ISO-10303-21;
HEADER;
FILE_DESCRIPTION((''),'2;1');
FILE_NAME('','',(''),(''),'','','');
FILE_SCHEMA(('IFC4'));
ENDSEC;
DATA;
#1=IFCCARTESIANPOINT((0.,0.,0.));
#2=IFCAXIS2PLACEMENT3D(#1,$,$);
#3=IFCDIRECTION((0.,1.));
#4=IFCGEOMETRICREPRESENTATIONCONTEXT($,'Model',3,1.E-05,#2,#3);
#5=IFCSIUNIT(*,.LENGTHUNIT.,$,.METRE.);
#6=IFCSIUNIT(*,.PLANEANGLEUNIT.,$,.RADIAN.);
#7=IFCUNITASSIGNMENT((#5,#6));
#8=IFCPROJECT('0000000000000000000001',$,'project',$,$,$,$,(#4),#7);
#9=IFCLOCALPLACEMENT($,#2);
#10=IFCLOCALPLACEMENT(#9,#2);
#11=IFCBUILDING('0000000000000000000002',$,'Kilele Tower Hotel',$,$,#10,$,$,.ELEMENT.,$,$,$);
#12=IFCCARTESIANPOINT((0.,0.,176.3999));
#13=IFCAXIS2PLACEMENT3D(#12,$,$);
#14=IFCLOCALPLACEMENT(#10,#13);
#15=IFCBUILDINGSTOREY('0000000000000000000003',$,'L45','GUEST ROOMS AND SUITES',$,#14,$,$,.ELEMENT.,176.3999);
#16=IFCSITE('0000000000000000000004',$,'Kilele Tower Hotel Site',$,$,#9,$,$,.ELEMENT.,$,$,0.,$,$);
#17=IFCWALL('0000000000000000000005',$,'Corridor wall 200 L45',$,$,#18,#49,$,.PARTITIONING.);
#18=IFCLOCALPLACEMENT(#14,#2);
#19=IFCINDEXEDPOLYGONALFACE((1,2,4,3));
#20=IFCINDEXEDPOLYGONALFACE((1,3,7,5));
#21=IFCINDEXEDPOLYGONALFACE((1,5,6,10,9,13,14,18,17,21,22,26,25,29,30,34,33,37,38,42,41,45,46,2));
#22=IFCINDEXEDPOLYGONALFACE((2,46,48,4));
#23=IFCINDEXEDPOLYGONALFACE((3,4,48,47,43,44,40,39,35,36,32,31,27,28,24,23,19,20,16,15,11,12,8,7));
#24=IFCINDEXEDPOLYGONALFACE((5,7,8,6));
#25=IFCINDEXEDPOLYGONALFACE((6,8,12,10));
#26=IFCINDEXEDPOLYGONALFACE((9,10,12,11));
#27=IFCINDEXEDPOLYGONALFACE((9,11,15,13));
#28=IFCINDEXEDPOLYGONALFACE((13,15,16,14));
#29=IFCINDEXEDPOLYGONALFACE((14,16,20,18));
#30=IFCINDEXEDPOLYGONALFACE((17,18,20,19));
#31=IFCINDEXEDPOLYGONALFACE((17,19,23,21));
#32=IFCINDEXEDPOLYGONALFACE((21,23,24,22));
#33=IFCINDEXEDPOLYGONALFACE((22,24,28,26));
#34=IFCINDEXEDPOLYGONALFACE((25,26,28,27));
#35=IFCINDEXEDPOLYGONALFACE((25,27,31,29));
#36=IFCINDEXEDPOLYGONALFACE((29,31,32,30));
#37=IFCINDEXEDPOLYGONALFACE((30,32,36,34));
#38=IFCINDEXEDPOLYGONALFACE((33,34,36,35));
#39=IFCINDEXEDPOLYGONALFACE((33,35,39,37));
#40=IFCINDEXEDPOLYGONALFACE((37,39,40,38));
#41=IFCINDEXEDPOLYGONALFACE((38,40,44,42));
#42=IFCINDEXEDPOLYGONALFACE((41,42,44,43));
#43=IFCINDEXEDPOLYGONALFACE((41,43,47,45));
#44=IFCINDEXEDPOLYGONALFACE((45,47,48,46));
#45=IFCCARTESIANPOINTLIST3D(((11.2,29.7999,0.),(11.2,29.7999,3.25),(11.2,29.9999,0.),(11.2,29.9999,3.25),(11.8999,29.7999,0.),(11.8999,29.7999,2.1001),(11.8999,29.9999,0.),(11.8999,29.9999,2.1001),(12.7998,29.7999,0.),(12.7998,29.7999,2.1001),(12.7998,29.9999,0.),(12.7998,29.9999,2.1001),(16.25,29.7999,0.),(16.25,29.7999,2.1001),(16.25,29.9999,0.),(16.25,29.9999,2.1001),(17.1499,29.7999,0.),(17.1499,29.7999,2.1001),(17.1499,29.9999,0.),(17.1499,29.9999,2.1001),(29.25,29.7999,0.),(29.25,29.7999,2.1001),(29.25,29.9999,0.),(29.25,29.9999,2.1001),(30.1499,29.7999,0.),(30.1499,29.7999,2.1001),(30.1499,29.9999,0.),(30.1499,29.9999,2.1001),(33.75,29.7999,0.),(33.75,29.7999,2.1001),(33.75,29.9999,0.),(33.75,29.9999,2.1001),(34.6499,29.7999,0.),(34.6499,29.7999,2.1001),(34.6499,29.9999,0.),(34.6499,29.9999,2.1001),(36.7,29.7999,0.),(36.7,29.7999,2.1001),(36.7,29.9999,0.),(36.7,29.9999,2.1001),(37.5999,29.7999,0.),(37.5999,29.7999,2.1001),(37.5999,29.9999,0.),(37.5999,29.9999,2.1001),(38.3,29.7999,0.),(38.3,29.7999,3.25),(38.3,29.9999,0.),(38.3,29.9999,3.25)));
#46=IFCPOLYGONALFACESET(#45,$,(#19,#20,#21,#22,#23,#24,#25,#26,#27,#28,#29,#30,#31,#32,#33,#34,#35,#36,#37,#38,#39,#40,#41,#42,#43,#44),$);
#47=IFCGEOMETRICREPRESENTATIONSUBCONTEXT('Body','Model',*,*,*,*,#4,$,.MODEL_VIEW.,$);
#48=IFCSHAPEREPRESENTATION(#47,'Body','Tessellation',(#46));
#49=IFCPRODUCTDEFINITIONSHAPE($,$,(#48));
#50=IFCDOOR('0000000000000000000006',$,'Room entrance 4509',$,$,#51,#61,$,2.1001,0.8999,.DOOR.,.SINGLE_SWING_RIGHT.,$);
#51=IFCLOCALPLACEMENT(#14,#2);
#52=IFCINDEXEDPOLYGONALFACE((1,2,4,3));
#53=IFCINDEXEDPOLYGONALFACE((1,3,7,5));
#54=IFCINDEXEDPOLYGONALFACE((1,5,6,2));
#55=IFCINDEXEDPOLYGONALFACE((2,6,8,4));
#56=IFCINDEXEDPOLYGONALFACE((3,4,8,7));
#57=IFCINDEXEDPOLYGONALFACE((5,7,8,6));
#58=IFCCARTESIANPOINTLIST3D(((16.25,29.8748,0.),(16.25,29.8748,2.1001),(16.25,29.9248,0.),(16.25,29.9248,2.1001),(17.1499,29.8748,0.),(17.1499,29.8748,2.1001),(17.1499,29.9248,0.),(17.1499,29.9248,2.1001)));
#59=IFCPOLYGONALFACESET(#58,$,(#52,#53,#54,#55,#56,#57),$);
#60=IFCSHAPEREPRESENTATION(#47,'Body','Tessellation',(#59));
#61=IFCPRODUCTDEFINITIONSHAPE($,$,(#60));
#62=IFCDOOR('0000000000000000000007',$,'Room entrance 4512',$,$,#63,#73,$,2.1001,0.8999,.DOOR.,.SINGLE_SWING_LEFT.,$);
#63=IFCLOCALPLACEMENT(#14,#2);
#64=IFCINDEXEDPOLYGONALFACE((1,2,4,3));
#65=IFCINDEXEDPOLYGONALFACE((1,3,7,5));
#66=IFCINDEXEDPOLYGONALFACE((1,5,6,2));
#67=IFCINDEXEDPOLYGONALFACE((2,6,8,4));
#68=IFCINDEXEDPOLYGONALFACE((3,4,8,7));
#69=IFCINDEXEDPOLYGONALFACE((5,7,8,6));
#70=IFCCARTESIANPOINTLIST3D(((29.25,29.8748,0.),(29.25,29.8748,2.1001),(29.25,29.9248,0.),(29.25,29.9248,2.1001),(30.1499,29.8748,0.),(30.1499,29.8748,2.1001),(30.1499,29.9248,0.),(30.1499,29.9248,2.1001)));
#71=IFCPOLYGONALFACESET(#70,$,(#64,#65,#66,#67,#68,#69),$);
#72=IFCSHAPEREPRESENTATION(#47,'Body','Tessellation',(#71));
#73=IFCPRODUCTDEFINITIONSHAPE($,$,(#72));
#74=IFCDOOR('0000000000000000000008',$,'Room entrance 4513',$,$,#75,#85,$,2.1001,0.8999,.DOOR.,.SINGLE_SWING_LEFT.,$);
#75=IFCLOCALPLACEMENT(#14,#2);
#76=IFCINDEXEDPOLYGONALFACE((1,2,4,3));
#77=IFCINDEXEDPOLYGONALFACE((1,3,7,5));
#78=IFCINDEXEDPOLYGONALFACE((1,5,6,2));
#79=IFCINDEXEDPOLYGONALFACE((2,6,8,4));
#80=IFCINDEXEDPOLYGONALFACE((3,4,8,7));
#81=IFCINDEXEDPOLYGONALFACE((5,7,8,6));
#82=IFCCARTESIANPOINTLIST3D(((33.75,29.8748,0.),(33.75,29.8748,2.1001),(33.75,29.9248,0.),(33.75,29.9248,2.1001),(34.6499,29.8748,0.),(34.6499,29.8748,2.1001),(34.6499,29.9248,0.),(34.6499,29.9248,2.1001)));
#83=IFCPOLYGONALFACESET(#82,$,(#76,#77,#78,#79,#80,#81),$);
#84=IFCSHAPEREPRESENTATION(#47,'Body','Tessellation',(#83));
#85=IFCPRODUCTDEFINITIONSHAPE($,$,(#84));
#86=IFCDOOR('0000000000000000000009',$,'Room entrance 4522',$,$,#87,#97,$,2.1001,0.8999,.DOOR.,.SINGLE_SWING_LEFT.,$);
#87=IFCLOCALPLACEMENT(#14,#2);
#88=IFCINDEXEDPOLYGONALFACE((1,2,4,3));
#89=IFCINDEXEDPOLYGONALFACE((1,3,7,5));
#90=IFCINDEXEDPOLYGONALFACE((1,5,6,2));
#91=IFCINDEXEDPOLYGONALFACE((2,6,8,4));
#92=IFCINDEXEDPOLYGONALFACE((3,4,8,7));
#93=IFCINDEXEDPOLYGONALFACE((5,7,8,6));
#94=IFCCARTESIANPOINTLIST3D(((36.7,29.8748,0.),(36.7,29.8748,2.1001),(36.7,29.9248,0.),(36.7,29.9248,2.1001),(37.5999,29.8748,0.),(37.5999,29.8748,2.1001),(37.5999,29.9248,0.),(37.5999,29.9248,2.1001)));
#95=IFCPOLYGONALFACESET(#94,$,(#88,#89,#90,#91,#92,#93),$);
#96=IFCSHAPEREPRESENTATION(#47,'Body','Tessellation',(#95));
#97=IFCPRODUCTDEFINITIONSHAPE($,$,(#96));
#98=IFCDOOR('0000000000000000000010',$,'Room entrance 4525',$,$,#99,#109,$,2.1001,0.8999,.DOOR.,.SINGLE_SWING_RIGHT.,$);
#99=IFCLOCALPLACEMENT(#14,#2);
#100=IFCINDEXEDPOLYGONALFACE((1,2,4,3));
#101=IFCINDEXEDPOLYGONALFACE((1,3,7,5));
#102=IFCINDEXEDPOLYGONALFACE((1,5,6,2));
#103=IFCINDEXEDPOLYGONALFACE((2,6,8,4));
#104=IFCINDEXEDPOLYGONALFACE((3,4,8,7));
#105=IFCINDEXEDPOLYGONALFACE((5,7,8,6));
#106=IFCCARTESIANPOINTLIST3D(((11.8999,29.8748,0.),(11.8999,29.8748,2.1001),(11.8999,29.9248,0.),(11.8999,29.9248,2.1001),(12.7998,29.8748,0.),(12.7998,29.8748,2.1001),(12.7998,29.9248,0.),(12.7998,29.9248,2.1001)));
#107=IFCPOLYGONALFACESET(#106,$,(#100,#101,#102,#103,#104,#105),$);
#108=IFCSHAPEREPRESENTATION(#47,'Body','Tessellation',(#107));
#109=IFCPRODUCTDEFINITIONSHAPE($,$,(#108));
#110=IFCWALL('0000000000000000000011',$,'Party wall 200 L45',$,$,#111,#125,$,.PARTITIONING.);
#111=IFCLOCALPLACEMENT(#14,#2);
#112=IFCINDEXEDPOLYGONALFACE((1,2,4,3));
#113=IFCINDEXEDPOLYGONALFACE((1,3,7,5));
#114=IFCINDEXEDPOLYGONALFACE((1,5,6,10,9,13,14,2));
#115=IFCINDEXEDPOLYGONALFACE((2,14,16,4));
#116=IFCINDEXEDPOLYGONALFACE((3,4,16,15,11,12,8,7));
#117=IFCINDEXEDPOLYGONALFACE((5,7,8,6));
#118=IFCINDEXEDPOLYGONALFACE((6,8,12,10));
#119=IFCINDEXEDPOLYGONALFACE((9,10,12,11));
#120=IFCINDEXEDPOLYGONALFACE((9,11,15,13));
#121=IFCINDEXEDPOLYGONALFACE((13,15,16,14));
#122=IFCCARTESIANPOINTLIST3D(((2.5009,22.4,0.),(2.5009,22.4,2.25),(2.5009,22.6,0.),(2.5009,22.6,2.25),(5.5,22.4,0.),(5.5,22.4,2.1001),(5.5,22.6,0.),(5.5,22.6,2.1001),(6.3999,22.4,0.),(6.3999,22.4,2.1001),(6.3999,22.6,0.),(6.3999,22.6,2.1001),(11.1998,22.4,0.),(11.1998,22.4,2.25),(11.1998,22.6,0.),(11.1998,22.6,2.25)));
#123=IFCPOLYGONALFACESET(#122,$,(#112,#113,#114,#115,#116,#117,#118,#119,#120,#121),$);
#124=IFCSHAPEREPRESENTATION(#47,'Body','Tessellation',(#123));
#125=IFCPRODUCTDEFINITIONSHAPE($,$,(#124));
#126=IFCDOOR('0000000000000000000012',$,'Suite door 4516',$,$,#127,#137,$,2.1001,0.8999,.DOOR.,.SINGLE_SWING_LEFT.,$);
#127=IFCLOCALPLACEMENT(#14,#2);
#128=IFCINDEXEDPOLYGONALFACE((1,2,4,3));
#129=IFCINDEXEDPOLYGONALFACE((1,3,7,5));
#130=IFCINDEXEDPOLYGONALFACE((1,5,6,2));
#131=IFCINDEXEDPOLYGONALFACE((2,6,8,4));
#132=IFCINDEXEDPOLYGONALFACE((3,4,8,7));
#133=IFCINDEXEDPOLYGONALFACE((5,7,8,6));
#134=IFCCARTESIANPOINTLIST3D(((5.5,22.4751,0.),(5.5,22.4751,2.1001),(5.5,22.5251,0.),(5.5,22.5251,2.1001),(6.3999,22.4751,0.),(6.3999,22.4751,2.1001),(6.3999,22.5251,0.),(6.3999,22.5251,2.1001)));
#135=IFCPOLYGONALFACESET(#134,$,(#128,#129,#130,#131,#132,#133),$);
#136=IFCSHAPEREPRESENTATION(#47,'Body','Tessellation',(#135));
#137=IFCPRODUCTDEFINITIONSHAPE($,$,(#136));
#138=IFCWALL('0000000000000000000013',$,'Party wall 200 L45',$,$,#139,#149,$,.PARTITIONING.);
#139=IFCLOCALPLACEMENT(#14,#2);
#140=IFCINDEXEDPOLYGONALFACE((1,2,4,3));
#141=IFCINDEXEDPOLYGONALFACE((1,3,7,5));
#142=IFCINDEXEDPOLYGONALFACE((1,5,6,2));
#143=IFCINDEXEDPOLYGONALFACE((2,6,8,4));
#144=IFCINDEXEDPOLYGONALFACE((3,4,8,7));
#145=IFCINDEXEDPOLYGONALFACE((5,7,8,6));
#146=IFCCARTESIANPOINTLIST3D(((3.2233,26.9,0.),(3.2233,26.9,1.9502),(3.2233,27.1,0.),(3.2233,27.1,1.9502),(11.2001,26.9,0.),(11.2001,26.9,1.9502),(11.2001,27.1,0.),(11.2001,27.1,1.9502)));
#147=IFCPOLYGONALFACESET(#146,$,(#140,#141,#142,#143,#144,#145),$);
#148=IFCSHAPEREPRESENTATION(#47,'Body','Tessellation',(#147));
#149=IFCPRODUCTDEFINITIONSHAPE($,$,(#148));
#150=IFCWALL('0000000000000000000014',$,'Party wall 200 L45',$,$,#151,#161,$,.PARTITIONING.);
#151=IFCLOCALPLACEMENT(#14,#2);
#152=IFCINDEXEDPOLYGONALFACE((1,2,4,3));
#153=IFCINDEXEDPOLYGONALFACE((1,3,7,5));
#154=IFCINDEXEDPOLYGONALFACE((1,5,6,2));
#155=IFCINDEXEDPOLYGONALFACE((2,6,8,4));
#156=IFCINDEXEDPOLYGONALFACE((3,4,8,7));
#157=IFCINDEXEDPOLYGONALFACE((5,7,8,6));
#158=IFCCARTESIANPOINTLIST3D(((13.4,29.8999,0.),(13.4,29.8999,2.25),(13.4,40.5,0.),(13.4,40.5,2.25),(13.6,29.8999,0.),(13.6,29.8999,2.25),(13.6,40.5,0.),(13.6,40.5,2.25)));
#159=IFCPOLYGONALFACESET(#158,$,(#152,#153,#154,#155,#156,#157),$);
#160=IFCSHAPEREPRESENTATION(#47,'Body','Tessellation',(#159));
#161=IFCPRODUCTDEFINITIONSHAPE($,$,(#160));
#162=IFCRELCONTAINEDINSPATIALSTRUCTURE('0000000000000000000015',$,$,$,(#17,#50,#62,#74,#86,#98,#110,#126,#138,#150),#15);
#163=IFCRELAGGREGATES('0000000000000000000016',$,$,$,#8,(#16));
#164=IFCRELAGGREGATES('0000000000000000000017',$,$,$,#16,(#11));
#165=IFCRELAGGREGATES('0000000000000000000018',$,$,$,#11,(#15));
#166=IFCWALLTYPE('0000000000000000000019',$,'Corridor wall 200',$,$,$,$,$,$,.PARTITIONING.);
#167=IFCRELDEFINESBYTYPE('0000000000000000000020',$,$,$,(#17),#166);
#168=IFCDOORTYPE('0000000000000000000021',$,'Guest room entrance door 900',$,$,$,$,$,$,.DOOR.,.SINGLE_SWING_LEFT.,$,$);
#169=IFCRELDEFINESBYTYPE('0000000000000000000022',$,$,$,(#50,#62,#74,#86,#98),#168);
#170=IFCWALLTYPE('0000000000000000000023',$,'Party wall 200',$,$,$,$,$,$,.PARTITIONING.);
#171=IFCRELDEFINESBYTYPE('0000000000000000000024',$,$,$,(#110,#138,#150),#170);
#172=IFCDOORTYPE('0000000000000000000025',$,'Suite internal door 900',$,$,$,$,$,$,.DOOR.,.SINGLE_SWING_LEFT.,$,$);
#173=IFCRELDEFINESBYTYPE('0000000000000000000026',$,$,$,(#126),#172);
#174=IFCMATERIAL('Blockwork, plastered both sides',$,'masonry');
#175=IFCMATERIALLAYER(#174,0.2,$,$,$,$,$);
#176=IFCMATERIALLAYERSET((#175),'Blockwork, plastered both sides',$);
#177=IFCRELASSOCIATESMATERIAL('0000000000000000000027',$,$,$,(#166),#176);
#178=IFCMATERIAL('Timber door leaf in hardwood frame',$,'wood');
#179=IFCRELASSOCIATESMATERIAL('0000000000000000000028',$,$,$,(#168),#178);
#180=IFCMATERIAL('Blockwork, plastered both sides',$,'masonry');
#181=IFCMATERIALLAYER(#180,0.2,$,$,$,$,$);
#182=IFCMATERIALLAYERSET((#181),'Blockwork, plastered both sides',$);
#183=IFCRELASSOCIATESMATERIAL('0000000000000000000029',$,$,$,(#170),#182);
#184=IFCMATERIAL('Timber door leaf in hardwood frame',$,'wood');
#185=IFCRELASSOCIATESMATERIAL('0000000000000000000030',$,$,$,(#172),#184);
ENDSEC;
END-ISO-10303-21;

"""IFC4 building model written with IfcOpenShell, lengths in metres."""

from ifc_helpers import new_model, si_unit, direction, frame, frame_2d, origin, place, context, subcontext, project, spatial, rectangle, extrude, material, layer, layer_set, type_object, element, fill, save


model = new_model("IFC4")

# Units and contexts
model_context = context("Model", 3, precision=1e-05, world=origin(), true_north=direction((0.0, 1.0)))
body_context = subcontext(model_context, "Body", "Model", "MODEL_VIEW")
ifc_project = project(units=[si_unit("LENGTHUNIT", "METRE"), si_unit("PLANEANGLEUNIT", "RADIAN")], contexts=[model_context])

# Site, building, storey
site_placement = place(None, origin())
site = spatial("IfcSite", under=ifc_project, at=site_placement, Name="Kilele Tower Hotel Site", CompositionType="ELEMENT", RefElevation=0.0)
building_placement = place(site_placement, origin())
building = spatial("IfcBuilding", under=site, at=building_placement, Name="Kilele Tower Hotel", CompositionType="ELEMENT")
storey_placement = place(building_placement, frame((0.0, 0.0, 176.3999)))
storey = spatial("IfcBuildingStorey", under=building, at=storey_placement, Name="L45", Description="GUEST ROOMS AND SUITES", CompositionType="ELEMENT", Elevation=176.3999)

# Wall, openings, doors
ifc_material_1 = material(Name="Blockwork, plastered both sides", Category="masonry")
ifc_layer_1 = layer(ifc_material_1, 0.2)
ifc_layer_set_1 = layer_set([ifc_layer_1], Name="Blockwork, plastered both sides")
wall_type_1 = type_object("IfcWallType", Name="Corridor wall 200", PredefinedType="PARTITIONING", material=ifc_layer_set_1)
wall_1_placement = place(storey_placement, frame((11.2, 29.8999, 0.0), z_axis=(0.0, 0.0, 1.0), x_axis=(1.0, 0.0, 0.0)))
wall_1 = element("IfcWall", 1, at=wall_1_placement, inside=storey, type_object=wall_type_1, Name="Corridor wall 200 L45", PredefinedType="PARTITIONING", context=body_context, shape_type="SweptSolid", body=[
    extrude(rectangle(XDim=27.1001, YDim=0.2, at=frame_2d((13.55, 0.0))), origin(), (0.0, 0.0, 1.0), 3.25),
])
opening_1_placement = place(wall_1_placement, frame((5.05, 0.0, 0.0)))
opening_1 = element("IfcOpeningElement", 2, at=opening_1_placement, cuts=wall_1, PredefinedType="OPENING", context=body_context, shape_type="SweptSolid", body=[
    extrude(rectangle(XDim=0.8999, YDim=2.1001, at=frame_2d((0.45, 1.05))), frame((0.0, 0.1099, 0.0), z_axis=(0.0, -1.0, 0.0), x_axis=(1.0, 0.0, 0.0)), (0.0, 0.0, 1.0), 0.22),
])
opening_2_placement = place(wall_1_placement, frame((18.05, 0.0, 0.0)))
opening_2 = element("IfcOpeningElement", 3, at=opening_2_placement, cuts=wall_1, PredefinedType="OPENING", context=body_context, shape_type="SweptSolid", body=[
    extrude(rectangle(XDim=0.8999, YDim=2.1001, at=frame_2d((0.45, 1.05))), frame((0.0, 0.1099, 0.0), z_axis=(0.0, -1.0, 0.0), x_axis=(1.0, 0.0, 0.0)), (0.0, 0.0, 1.0), 0.22),
])
opening_3_placement = place(wall_1_placement, frame((22.55, 0.0, 0.0)))
opening_3 = element("IfcOpeningElement", 4, at=opening_3_placement, cuts=wall_1, PredefinedType="OPENING", context=body_context, shape_type="SweptSolid", body=[
    extrude(rectangle(XDim=0.8999, YDim=2.1001, at=frame_2d((0.45, 1.05))), frame((0.0, 0.1099, 0.0), z_axis=(0.0, -1.0, 0.0), x_axis=(1.0, 0.0, 0.0)), (0.0, 0.0, 1.0), 0.22),
])
opening_4_placement = place(wall_1_placement, frame((25.5, 0.0, 0.0)))
opening_4 = element("IfcOpeningElement", 5, at=opening_4_placement, cuts=wall_1, PredefinedType="OPENING", context=body_context, shape_type="SweptSolid", body=[
    extrude(rectangle(XDim=0.8999, YDim=2.1001, at=frame_2d((0.45, 1.05))), frame((0.0, 0.1099, 0.0), z_axis=(0.0, -1.0, 0.0), x_axis=(1.0, 0.0, 0.0)), (0.0, 0.0, 1.0), 0.22),
])
opening_5_placement = place(wall_1_placement, frame((0.7, 0.0, 0.0)))
opening_5 = element("IfcOpeningElement", 6, at=opening_5_placement, cuts=wall_1, PredefinedType="OPENING", context=body_context, shape_type="SweptSolid", body=[
    extrude(rectangle(XDim=0.8999, YDim=2.1001, at=frame_2d((0.45, 1.05))), frame((0.0, 0.1099, 0.0), z_axis=(0.0, -1.0, 0.0), x_axis=(1.0, 0.0, 0.0)), (0.0, 0.0, 1.0), 0.22),
])
ifc_material_2 = material(Name="Timber door leaf in hardwood frame", Category="wood")
door_type_1 = type_object("IfcDoorType", Name="Guest room entrance door 900", OperationType="SINGLE_SWING_LEFT", PredefinedType="DOOR", material=ifc_material_2)
door_1_placement = place(opening_1_placement, origin())
door_1 = element("IfcDoor", 7, at=door_1_placement, inside=storey, type_object=door_type_1, Name="Room entrance 4509", OperationType="SINGLE_SWING_RIGHT", OverallHeight=2.1001, OverallWidth=0.8999, PredefinedType="DOOR", context=body_context, shape_type="SweptSolid", body=[
    extrude(rectangle(XDim=0.8999, YDim=2.1001, at=frame_2d((0.45, 1.05))), frame((0.0, 0.0249, 0.0), z_axis=(0.0, -1.0, 0.0), x_axis=(1.0, 0.0, 0.0)), (0.0, 0.0, 1.0), 0.05),
])
fill(opening_1, door_1)
door_2_placement = place(opening_2_placement, origin())
door_2 = element("IfcDoor", 8, at=door_2_placement, inside=storey, type_object=door_type_1, Name="Room entrance 4512", OperationType="SINGLE_SWING_LEFT", OverallHeight=2.1001, OverallWidth=0.8999, PredefinedType="DOOR", context=body_context, shape_type="SweptSolid", body=[
    extrude(rectangle(XDim=0.8999, YDim=2.1001, at=frame_2d((0.45, 1.05))), frame((0.0, 0.0249, 0.0), z_axis=(0.0, -1.0, 0.0), x_axis=(1.0, 0.0, 0.0)), (0.0, 0.0, 1.0), 0.05),
])
fill(opening_2, door_2)
door_3_placement = place(opening_3_placement, origin())
door_3 = element("IfcDoor", 9, at=door_3_placement, inside=storey, type_object=door_type_1, Name="Room entrance 4513", OperationType="SINGLE_SWING_LEFT", OverallHeight=2.1001, OverallWidth=0.8999, PredefinedType="DOOR", context=body_context, shape_type="SweptSolid", body=[
    extrude(rectangle(XDim=0.8999, YDim=2.1001, at=frame_2d((0.45, 1.05))), frame((0.0, 0.0249, 0.0), z_axis=(0.0, -1.0, 0.0), x_axis=(1.0, 0.0, 0.0)), (0.0, 0.0, 1.0), 0.05),
])
fill(opening_3, door_3)
door_4_placement = place(opening_4_placement, origin())
door_4 = element("IfcDoor", 10, at=door_4_placement, inside=storey, type_object=door_type_1, Name="Room entrance 4522", OperationType="SINGLE_SWING_LEFT", OverallHeight=2.1001, OverallWidth=0.8999, PredefinedType="DOOR", context=body_context, shape_type="SweptSolid", body=[
    extrude(rectangle(XDim=0.8999, YDim=2.1001, at=frame_2d((0.45, 1.05))), frame((0.0, 0.0249, 0.0), z_axis=(0.0, -1.0, 0.0), x_axis=(1.0, 0.0, 0.0)), (0.0, 0.0, 1.0), 0.05),
])
fill(opening_4, door_4)
door_5_placement = place(opening_5_placement, origin())
door_5 = element("IfcDoor", 11, at=door_5_placement, inside=storey, type_object=door_type_1, Name="Room entrance 4525", OperationType="SINGLE_SWING_RIGHT", OverallHeight=2.1001, OverallWidth=0.8999, PredefinedType="DOOR", context=body_context, shape_type="SweptSolid", body=[
    extrude(rectangle(XDim=0.8999, YDim=2.1001, at=frame_2d((0.45, 1.05))), frame((0.0, 0.0249, 0.0), z_axis=(0.0, -1.0, 0.0), x_axis=(1.0, 0.0, 0.0)), (0.0, 0.0, 1.0), 0.05),
])
fill(opening_5, door_5)

# Wall, opening, door
ifc_material_3 = material(Name="Blockwork, plastered both sides", Category="masonry")
ifc_layer_2 = layer(ifc_material_3, 0.2)
ifc_layer_set_2 = layer_set([ifc_layer_2], Name="Blockwork, plastered both sides")
wall_type_2 = type_object("IfcWallType", Name="Party wall 200", PredefinedType="PARTITIONING", material=ifc_layer_set_2)
wall_2_placement = place(storey_placement, frame((11.2, 22.5, 0.0), z_axis=(0.0, 0.0, 1.0), x_axis=(-1.0, 0.0, 0.0)))
wall_2 = element("IfcWall", 12, at=wall_2_placement, inside=storey, type_object=wall_type_2, Name="Party wall 200 L45", PredefinedType="PARTITIONING", context=body_context, shape_type="SweptSolid", body=[
    extrude(rectangle(XDim=8.699, YDim=0.2, at=frame_2d((4.3496, 0.0))), origin(), (0.0, 0.0, 1.0), 2.25),
])
opening_6_placement = place(wall_2_placement, frame((4.8, 0.0, 0.0)))
opening_6 = element("IfcOpeningElement", 13, at=opening_6_placement, cuts=wall_2, PredefinedType="OPENING", context=body_context, shape_type="SweptSolid", body=[
    extrude(rectangle(XDim=0.8999, YDim=2.1001, at=frame_2d((0.45, 1.05))), frame((0.0, 0.1099, 0.0), z_axis=(0.0, -1.0, 0.0), x_axis=(1.0, 0.0, 0.0)), (0.0, 0.0, 1.0), 0.22),
])
ifc_material_4 = material(Name="Timber door leaf in hardwood frame", Category="wood")
door_type_2 = type_object("IfcDoorType", Name="Suite internal door 900", OperationType="SINGLE_SWING_LEFT", PredefinedType="DOOR", material=ifc_material_4)
door_6_placement = place(opening_6_placement, origin())
door_6 = element("IfcDoor", 14, at=door_6_placement, inside=storey, type_object=door_type_2, Name="Suite door 4516", OperationType="SINGLE_SWING_LEFT", OverallHeight=2.1001, OverallWidth=0.8999, PredefinedType="DOOR", context=body_context, shape_type="SweptSolid", body=[
    extrude(rectangle(XDim=0.8999, YDim=2.1001, at=frame_2d((0.45, 1.05))), frame((0.0, 0.0249, 0.0), z_axis=(0.0, -1.0, 0.0), x_axis=(1.0, 0.0, 0.0)), (0.0, 0.0, 1.0), 0.05),
])
fill(opening_6, door_6)

# Walls
wall_3_placement = place(storey_placement, frame((11.2, 27.0, 0.0), z_axis=(0.0, 0.0, 1.0), x_axis=(-1.0, 0.0, 0.0)))
element("IfcWall", 15, at=wall_3_placement, inside=storey, type_object=wall_type_2, Name="Party wall 200 L45", PredefinedType="PARTITIONING", context=body_context, shape_type="SweptSolid", body=[
    extrude(rectangle(XDim=7.9768, YDim=0.2, at=frame_2d((3.9883, 0.0))), origin(), (0.0, 0.0, 1.0), 1.9502),
])
wall_4_placement = place(storey_placement, frame((13.5, 29.8999, 0.0), z_axis=(0.0, 0.0, 1.0), x_axis=(0.0, 1.0, 0.0)))
element("IfcWall", 16, at=wall_4_placement, inside=storey, type_object=wall_type_2, Name="Party wall 200 L45", PredefinedType="PARTITIONING", context=body_context, shape_type="SweptSolid", body=[
    extrude(rectangle(XDim=10.6001, YDim=0.2, at=frame_2d((5.3, 0.0))), origin(), (0.0, 0.0, 1.0), 2.25),
])

save(model, "model.ifc")
